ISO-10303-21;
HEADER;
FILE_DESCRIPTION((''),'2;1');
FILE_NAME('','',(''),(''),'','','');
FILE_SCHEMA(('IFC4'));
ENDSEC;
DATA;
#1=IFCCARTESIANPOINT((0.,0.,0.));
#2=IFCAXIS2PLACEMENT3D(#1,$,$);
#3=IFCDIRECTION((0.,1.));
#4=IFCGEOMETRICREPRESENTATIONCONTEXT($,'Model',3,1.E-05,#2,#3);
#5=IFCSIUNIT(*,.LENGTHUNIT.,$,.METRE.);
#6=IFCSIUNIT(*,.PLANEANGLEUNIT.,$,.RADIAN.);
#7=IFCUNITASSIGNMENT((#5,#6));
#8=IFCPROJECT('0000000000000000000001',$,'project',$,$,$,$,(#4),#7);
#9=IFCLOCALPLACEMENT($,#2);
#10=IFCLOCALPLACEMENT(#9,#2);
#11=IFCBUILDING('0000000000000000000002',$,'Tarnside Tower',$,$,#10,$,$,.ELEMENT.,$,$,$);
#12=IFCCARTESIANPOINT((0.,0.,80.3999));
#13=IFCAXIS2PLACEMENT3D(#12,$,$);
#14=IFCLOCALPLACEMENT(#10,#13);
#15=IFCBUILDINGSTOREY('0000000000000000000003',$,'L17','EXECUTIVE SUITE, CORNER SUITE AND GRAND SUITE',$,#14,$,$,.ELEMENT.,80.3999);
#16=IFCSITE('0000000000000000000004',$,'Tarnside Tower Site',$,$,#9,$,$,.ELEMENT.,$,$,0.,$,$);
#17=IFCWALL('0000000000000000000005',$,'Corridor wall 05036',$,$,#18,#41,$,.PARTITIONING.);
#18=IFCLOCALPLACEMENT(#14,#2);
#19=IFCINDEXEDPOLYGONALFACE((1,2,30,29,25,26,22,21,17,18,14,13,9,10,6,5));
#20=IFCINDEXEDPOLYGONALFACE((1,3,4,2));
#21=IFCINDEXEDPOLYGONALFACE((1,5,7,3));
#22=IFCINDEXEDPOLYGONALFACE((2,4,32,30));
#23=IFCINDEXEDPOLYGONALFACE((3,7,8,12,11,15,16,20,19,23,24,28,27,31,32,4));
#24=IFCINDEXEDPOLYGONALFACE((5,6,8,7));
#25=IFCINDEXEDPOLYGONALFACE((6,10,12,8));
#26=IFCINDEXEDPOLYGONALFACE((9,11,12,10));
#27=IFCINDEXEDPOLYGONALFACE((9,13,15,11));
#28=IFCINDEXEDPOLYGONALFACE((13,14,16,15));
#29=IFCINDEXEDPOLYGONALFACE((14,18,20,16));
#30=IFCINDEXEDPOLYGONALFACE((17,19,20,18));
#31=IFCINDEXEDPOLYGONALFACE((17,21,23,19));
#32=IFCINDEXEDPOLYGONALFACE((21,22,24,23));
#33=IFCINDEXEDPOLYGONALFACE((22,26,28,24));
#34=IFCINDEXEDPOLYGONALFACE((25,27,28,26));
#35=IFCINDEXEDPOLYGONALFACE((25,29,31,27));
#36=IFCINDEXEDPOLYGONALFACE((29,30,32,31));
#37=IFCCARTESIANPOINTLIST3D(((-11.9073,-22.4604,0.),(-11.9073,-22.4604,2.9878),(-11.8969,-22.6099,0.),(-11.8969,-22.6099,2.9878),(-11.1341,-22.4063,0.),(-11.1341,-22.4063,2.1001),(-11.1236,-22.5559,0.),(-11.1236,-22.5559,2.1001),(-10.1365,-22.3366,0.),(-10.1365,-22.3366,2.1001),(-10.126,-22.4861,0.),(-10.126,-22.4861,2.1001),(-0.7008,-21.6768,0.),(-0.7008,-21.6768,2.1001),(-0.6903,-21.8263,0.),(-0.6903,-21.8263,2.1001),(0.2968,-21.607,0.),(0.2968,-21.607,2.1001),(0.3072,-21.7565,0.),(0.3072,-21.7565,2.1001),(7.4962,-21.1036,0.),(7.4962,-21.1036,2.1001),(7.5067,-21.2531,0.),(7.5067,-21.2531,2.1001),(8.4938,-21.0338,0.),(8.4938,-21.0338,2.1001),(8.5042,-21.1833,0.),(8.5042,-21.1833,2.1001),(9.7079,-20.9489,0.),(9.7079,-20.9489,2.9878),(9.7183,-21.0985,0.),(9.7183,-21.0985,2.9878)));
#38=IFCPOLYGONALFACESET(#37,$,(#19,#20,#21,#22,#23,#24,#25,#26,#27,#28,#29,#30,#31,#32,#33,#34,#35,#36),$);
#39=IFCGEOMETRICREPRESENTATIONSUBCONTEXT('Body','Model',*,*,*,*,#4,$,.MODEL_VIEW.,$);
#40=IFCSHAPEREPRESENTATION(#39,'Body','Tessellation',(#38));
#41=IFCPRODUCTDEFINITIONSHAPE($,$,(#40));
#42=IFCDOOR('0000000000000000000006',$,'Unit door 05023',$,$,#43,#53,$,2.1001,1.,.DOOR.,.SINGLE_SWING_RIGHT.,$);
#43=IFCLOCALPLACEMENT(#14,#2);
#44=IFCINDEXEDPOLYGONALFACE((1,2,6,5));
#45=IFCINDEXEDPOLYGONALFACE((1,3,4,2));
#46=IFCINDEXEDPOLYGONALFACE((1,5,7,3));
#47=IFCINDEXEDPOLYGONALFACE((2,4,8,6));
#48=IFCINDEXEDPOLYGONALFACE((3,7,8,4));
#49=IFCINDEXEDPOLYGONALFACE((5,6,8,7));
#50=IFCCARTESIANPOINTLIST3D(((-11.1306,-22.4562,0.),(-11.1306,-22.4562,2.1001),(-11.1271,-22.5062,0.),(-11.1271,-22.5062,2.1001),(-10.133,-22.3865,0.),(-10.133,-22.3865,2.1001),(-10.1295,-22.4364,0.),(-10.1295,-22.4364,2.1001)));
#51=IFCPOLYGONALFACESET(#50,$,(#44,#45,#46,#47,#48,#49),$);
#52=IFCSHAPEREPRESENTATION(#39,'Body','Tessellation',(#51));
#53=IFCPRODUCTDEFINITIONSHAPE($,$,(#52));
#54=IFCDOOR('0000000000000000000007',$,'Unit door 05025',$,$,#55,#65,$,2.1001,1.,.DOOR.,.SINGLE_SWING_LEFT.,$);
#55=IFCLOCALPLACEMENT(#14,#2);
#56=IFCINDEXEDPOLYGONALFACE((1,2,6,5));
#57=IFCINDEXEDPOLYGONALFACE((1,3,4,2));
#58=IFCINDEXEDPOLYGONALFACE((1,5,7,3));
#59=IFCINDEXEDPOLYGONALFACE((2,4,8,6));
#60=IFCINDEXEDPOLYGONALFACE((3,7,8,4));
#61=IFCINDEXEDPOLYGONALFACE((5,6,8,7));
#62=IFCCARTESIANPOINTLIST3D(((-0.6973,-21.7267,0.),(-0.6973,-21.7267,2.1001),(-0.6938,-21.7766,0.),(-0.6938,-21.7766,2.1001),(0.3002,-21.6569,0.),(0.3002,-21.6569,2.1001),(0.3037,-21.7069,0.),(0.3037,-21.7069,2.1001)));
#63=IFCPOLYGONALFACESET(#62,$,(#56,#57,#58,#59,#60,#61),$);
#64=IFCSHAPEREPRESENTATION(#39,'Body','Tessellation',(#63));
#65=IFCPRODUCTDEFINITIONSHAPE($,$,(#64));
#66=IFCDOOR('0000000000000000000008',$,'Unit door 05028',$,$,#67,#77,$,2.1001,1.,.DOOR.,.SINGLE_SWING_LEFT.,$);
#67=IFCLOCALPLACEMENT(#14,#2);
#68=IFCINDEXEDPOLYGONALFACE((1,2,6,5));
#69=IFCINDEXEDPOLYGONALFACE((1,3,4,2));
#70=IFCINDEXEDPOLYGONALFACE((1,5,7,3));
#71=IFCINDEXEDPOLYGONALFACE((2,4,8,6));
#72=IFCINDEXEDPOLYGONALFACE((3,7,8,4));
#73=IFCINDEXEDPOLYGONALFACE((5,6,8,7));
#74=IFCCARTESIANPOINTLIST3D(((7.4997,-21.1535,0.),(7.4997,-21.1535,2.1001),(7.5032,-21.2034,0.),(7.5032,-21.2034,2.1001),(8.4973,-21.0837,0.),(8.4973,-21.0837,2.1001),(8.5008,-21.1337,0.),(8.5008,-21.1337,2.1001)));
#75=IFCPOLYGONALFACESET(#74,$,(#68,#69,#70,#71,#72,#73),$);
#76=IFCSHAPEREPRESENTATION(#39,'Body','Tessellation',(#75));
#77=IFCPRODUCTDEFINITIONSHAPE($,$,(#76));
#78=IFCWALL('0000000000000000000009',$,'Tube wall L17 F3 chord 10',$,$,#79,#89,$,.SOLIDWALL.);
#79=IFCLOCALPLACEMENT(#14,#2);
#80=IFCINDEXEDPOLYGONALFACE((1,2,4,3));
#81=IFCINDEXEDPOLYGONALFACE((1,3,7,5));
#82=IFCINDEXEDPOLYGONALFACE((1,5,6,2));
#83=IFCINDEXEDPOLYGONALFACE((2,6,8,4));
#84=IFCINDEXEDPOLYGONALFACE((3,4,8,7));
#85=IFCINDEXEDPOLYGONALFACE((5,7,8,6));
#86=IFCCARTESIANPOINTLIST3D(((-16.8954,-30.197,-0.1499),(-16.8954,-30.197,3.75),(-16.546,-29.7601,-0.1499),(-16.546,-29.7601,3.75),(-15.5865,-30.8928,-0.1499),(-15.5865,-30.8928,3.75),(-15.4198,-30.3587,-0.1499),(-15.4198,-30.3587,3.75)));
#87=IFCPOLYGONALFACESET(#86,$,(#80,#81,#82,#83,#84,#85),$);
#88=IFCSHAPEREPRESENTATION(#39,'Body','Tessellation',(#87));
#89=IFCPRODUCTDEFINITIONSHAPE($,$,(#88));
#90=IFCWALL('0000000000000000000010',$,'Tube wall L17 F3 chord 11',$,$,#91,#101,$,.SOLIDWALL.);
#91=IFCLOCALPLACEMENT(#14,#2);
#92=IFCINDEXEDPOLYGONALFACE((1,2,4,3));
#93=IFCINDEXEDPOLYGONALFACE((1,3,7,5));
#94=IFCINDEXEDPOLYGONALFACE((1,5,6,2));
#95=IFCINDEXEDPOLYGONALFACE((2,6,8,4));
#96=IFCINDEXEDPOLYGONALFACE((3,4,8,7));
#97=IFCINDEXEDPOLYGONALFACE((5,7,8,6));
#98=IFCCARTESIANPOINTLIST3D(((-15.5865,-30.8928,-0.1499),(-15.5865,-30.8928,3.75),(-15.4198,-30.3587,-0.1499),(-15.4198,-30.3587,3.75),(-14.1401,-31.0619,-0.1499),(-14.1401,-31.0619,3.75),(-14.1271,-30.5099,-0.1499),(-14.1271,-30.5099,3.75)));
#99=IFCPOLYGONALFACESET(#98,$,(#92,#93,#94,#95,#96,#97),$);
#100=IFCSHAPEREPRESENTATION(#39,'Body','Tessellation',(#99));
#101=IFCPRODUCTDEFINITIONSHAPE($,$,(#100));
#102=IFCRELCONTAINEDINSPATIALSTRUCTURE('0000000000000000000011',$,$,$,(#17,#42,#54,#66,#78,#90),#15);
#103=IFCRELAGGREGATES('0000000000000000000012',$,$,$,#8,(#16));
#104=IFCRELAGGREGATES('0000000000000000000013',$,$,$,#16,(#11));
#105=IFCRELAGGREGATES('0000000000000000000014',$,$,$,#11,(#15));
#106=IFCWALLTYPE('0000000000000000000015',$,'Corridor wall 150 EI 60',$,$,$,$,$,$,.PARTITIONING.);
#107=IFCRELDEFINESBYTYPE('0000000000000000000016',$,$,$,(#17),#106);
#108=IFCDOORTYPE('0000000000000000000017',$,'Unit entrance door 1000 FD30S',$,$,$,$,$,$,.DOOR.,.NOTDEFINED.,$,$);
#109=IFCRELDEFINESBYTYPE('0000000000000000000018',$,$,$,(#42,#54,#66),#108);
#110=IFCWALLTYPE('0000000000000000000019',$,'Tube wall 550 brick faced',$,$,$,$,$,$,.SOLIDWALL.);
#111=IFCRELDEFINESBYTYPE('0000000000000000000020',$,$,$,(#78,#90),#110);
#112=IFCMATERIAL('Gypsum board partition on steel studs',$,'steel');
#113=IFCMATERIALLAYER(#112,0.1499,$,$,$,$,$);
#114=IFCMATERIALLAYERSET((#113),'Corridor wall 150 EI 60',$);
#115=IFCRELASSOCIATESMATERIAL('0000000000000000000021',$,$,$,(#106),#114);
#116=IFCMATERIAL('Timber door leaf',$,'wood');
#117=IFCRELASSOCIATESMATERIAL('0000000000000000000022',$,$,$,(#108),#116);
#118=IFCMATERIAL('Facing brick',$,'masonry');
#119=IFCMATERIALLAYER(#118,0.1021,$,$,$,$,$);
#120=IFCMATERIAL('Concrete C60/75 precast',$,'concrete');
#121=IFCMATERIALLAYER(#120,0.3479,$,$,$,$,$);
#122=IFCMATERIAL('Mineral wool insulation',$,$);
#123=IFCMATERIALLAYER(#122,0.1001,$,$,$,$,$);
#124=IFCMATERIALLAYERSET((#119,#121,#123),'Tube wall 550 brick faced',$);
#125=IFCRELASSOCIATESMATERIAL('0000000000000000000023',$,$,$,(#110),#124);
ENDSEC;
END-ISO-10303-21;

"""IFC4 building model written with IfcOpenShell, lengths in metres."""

from ifc_helpers import new_model, si_unit, direction, frame, frame_2d, origin, place, context, subcontext, project, spatial, polyline, rectangle, outline, extrude, material, layer, layer_set, type_object, element, fill, save


model = new_model("IFC4")

# Units and contexts
model_context = context("Model", 3, precision=1e-05, world=origin(), true_north=direction((0.0, 1.0)))
body_context = subcontext(model_context, "Body", "Model", "MODEL_VIEW")
ifc_project = project(units=[si_unit("LENGTHUNIT", "METRE"), si_unit("PLANEANGLEUNIT", "RADIAN")], contexts=[model_context])

# Site, building, storey
site_placement = place(None, origin())
site = spatial("IfcSite", under=ifc_project, at=site_placement, Name="Tarnside Tower Site", CompositionType="ELEMENT", RefElevation=0.0)
building_placement = place(site_placement, origin())
building = spatial("IfcBuilding", under=site, at=building_placement, Name="Tarnside Tower", CompositionType="ELEMENT")
storey_placement = place(building_placement, frame((0.0, 0.0, 80.3999)))
storey = spatial("IfcBuildingStorey", under=building, at=storey_placement, Name="L17", Description="EXECUTIVE SUITE, CORNER SUITE AND GRAND SUITE", CompositionType="ELEMENT", Elevation=80.3999)

# Wall, openings, doors
ifc_material_1 = material(Name="Gypsum board partition on steel studs", Category="steel")
ifc_layer_1 = layer(ifc_material_1, 0.1499)
ifc_layer_set_1 = layer_set([ifc_layer_1], Name="Corridor wall 150 EI 60")
wall_type_1 = type_object("IfcWallType", Name="Corridor wall 150 EI 60", PredefinedType="PARTITIONING", material=ifc_layer_set_1)
wall_1_placement = place(storey_placement, frame((-11.9021, -22.5352, 0.0), z_axis=(0.0, 0.0, 1.0), x_axis=(0.997564, 0.069756, 0.0)))
wall_1 = element("IfcWall", 1, at=wall_1_placement, inside=storey, type_object=wall_type_1, Name="Corridor wall 05036", PredefinedType="PARTITIONING", context=body_context, shape_type="SweptSolid", body=[
    extrude(rectangle(XDim=21.668, YDim=0.1499, at=frame_2d((10.834, 0.0))), origin(), (0.0, 0.0, 1.0), 2.9878),
])
opening_1_placement = place(wall_1_placement, frame((0.7751, 0.0, 0.0)))
opening_1 = element("IfcOpeningElement", 2, at=opening_1_placement, cuts=wall_1, PredefinedType="OPENING", context=body_context, shape_type="SweptSolid", body=[
    extrude(rectangle(XDim=1.0, YDim=2.1001, at=frame_2d((0.5, 1.05))), frame((0.0, 0.085, 0.0), z_axis=(0.0, -1.0, 0.0), x_axis=(1.0, 0.0, 0.0)), (0.0, 0.0, 1.0), 0.1699),
])
opening_2_placement = place(wall_1_placement, frame((11.2339, 0.0, 0.0)))
opening_2 = element("IfcOpeningElement", 3, at=opening_2_placement, cuts=wall_1, PredefinedType="OPENING", context=body_context, shape_type="SweptSolid", body=[
    extrude(rectangle(XDim=1.0, YDim=2.1001, at=frame_2d((0.5, 1.05))), frame((0.0, 0.085, 0.0), z_axis=(0.0, -1.0, 0.0), x_axis=(1.0, 0.0, 0.0)), (0.0, 0.0, 1.0), 0.1699),
])
opening_3_placement = place(wall_1_placement, frame((19.4509, 0.0, 0.0)))
opening_3 = element("IfcOpeningElement", 4, at=opening_3_placement, cuts=wall_1, PredefinedType="OPENING", context=body_context, shape_type="SweptSolid", body=[
    extrude(rectangle(XDim=1.0, YDim=2.1001, at=frame_2d((0.5, 1.05))), frame((0.0, 0.085, 0.0), z_axis=(0.0, -1.0, 0.0), x_axis=(1.0, 0.0, 0.0)), (0.0, 0.0, 1.0), 0.1699),
])
ifc_material_2 = material(Name="Timber door leaf", Category="wood")
door_type = type_object("IfcDoorType", Name="Unit entrance door 1000 FD30S", OperationType="NOTDEFINED", PredefinedType="DOOR", material=ifc_material_2)
door_1_placement = place(opening_1_placement, origin())
door_1 = element("IfcDoor", 5, at=door_1_placement, inside=storey, type_object=door_type, Name="Unit door 05023", OperationType="SINGLE_SWING_RIGHT", OverallHeight=2.1001, OverallWidth=1.0, PredefinedType="DOOR", context=body_context, shape_type="SweptSolid", body=[
    extrude(rectangle(XDim=1.0, YDim=2.1001, at=frame_2d((0.5, 1.05))), frame((0.0, 0.0249, 0.0), z_axis=(0.0, -1.0, 0.0), x_axis=(1.0, 0.0, 0.0)), (0.0, 0.0, 1.0), 0.05),
])
fill(opening_1, door_1)
door_2_placement = place(opening_2_placement, origin())
door_2 = element("IfcDoor", 6, at=door_2_placement, inside=storey, type_object=door_type, Name="Unit door 05025", OperationType="SINGLE_SWING_LEFT", OverallHeight=2.1001, OverallWidth=1.0, PredefinedType="DOOR", context=body_context, shape_type="SweptSolid", body=[
    extrude(rectangle(XDim=1.0, YDim=2.1001, at=frame_2d((0.5, 1.05))), frame((0.0, 0.0249, 0.0), z_axis=(0.0, -1.0, 0.0), x_axis=(1.0, 0.0, 0.0)), (0.0, 0.0, 1.0), 0.05),
])
fill(opening_2, door_2)
door_3_placement = place(opening_3_placement, origin())
door_3 = element("IfcDoor", 7, at=door_3_placement, inside=storey, type_object=door_type, Name="Unit door 05028", OperationType="SINGLE_SWING_LEFT", OverallHeight=2.1001, OverallWidth=1.0, PredefinedType="DOOR", context=body_context, shape_type="SweptSolid", body=[
    extrude(rectangle(XDim=1.0, YDim=2.1001, at=frame_2d((0.5, 1.05))), frame((0.0, 0.0249, 0.0), z_axis=(0.0, -1.0, 0.0), x_axis=(1.0, 0.0, 0.0)), (0.0, 0.0, 1.0), 0.05),
])
fill(opening_3, door_3)

# Walls
ifc_material_3 = material(Name="Facing brick", Category="masonry")
ifc_layer_2 = layer(ifc_material_3, 0.1021)
ifc_material_4 = material(Name="Concrete C60/75 precast", Category="concrete")
ifc_layer_3 = layer(ifc_material_4, 0.3479)
ifc_material_5 = material(Name="Mineral wool insulation")
ifc_layer_4 = layer(ifc_material_5, 0.1001)
ifc_layer_set_2 = layer_set([ifc_layer_2, ifc_layer_3, ifc_layer_4], Name="Tube wall 550 brick faced")
wall_type_2 = type_object("IfcWallType", Name="Tube wall 550 brick faced", PredefinedType="SOLIDWALL", material=ifc_layer_set_2)
wall_2_placement = place(storey_placement, frame((-16.7207, -29.9785, -0.1499), z_axis=(0.0, 0.0, 1.0), x_axis=(0.882994, -0.469384, 0.0)))
element("IfcWall", 8, at=wall_2_placement, inside=storey, type_object=wall_type_2, Name="Tube wall L17 F3 chord 10", PredefinedType="SOLIDWALL", context=body_context, shape_type="SweptSolid", body=[
    extrude(outline(polyline([(-0.0518, -0.2749), (1.4307, -0.2749), (1.3271, 0.2749), (0.0518, 0.2749), (-0.0518, -0.2749)])), origin(), (0.0, 0.0, 1.0), 3.8999),
])
wall_3_placement = place(storey_placement, frame((-15.5032, -30.6257, -0.1499), z_axis=(0.0, 0.0, 1.0), x_axis=(0.993233, -0.116143, 0.0)))
element("IfcWall", 9, at=wall_3_placement, inside=storey, type_object=wall_type_2, Name="Tube wall L17 F3 chord 11", PredefinedType="SOLIDWALL", context=body_context, shape_type="SweptSolid", body=[
    extrude(outline(polyline([(-0.0518, -0.2749), (1.4045, -0.2749), (1.3533, 0.2749), (0.0518, 0.2749), (-0.0518, -0.2749)])), origin(), (0.0, 0.0, 1.0), 3.8999),
])

save(model, "model.ifc")
